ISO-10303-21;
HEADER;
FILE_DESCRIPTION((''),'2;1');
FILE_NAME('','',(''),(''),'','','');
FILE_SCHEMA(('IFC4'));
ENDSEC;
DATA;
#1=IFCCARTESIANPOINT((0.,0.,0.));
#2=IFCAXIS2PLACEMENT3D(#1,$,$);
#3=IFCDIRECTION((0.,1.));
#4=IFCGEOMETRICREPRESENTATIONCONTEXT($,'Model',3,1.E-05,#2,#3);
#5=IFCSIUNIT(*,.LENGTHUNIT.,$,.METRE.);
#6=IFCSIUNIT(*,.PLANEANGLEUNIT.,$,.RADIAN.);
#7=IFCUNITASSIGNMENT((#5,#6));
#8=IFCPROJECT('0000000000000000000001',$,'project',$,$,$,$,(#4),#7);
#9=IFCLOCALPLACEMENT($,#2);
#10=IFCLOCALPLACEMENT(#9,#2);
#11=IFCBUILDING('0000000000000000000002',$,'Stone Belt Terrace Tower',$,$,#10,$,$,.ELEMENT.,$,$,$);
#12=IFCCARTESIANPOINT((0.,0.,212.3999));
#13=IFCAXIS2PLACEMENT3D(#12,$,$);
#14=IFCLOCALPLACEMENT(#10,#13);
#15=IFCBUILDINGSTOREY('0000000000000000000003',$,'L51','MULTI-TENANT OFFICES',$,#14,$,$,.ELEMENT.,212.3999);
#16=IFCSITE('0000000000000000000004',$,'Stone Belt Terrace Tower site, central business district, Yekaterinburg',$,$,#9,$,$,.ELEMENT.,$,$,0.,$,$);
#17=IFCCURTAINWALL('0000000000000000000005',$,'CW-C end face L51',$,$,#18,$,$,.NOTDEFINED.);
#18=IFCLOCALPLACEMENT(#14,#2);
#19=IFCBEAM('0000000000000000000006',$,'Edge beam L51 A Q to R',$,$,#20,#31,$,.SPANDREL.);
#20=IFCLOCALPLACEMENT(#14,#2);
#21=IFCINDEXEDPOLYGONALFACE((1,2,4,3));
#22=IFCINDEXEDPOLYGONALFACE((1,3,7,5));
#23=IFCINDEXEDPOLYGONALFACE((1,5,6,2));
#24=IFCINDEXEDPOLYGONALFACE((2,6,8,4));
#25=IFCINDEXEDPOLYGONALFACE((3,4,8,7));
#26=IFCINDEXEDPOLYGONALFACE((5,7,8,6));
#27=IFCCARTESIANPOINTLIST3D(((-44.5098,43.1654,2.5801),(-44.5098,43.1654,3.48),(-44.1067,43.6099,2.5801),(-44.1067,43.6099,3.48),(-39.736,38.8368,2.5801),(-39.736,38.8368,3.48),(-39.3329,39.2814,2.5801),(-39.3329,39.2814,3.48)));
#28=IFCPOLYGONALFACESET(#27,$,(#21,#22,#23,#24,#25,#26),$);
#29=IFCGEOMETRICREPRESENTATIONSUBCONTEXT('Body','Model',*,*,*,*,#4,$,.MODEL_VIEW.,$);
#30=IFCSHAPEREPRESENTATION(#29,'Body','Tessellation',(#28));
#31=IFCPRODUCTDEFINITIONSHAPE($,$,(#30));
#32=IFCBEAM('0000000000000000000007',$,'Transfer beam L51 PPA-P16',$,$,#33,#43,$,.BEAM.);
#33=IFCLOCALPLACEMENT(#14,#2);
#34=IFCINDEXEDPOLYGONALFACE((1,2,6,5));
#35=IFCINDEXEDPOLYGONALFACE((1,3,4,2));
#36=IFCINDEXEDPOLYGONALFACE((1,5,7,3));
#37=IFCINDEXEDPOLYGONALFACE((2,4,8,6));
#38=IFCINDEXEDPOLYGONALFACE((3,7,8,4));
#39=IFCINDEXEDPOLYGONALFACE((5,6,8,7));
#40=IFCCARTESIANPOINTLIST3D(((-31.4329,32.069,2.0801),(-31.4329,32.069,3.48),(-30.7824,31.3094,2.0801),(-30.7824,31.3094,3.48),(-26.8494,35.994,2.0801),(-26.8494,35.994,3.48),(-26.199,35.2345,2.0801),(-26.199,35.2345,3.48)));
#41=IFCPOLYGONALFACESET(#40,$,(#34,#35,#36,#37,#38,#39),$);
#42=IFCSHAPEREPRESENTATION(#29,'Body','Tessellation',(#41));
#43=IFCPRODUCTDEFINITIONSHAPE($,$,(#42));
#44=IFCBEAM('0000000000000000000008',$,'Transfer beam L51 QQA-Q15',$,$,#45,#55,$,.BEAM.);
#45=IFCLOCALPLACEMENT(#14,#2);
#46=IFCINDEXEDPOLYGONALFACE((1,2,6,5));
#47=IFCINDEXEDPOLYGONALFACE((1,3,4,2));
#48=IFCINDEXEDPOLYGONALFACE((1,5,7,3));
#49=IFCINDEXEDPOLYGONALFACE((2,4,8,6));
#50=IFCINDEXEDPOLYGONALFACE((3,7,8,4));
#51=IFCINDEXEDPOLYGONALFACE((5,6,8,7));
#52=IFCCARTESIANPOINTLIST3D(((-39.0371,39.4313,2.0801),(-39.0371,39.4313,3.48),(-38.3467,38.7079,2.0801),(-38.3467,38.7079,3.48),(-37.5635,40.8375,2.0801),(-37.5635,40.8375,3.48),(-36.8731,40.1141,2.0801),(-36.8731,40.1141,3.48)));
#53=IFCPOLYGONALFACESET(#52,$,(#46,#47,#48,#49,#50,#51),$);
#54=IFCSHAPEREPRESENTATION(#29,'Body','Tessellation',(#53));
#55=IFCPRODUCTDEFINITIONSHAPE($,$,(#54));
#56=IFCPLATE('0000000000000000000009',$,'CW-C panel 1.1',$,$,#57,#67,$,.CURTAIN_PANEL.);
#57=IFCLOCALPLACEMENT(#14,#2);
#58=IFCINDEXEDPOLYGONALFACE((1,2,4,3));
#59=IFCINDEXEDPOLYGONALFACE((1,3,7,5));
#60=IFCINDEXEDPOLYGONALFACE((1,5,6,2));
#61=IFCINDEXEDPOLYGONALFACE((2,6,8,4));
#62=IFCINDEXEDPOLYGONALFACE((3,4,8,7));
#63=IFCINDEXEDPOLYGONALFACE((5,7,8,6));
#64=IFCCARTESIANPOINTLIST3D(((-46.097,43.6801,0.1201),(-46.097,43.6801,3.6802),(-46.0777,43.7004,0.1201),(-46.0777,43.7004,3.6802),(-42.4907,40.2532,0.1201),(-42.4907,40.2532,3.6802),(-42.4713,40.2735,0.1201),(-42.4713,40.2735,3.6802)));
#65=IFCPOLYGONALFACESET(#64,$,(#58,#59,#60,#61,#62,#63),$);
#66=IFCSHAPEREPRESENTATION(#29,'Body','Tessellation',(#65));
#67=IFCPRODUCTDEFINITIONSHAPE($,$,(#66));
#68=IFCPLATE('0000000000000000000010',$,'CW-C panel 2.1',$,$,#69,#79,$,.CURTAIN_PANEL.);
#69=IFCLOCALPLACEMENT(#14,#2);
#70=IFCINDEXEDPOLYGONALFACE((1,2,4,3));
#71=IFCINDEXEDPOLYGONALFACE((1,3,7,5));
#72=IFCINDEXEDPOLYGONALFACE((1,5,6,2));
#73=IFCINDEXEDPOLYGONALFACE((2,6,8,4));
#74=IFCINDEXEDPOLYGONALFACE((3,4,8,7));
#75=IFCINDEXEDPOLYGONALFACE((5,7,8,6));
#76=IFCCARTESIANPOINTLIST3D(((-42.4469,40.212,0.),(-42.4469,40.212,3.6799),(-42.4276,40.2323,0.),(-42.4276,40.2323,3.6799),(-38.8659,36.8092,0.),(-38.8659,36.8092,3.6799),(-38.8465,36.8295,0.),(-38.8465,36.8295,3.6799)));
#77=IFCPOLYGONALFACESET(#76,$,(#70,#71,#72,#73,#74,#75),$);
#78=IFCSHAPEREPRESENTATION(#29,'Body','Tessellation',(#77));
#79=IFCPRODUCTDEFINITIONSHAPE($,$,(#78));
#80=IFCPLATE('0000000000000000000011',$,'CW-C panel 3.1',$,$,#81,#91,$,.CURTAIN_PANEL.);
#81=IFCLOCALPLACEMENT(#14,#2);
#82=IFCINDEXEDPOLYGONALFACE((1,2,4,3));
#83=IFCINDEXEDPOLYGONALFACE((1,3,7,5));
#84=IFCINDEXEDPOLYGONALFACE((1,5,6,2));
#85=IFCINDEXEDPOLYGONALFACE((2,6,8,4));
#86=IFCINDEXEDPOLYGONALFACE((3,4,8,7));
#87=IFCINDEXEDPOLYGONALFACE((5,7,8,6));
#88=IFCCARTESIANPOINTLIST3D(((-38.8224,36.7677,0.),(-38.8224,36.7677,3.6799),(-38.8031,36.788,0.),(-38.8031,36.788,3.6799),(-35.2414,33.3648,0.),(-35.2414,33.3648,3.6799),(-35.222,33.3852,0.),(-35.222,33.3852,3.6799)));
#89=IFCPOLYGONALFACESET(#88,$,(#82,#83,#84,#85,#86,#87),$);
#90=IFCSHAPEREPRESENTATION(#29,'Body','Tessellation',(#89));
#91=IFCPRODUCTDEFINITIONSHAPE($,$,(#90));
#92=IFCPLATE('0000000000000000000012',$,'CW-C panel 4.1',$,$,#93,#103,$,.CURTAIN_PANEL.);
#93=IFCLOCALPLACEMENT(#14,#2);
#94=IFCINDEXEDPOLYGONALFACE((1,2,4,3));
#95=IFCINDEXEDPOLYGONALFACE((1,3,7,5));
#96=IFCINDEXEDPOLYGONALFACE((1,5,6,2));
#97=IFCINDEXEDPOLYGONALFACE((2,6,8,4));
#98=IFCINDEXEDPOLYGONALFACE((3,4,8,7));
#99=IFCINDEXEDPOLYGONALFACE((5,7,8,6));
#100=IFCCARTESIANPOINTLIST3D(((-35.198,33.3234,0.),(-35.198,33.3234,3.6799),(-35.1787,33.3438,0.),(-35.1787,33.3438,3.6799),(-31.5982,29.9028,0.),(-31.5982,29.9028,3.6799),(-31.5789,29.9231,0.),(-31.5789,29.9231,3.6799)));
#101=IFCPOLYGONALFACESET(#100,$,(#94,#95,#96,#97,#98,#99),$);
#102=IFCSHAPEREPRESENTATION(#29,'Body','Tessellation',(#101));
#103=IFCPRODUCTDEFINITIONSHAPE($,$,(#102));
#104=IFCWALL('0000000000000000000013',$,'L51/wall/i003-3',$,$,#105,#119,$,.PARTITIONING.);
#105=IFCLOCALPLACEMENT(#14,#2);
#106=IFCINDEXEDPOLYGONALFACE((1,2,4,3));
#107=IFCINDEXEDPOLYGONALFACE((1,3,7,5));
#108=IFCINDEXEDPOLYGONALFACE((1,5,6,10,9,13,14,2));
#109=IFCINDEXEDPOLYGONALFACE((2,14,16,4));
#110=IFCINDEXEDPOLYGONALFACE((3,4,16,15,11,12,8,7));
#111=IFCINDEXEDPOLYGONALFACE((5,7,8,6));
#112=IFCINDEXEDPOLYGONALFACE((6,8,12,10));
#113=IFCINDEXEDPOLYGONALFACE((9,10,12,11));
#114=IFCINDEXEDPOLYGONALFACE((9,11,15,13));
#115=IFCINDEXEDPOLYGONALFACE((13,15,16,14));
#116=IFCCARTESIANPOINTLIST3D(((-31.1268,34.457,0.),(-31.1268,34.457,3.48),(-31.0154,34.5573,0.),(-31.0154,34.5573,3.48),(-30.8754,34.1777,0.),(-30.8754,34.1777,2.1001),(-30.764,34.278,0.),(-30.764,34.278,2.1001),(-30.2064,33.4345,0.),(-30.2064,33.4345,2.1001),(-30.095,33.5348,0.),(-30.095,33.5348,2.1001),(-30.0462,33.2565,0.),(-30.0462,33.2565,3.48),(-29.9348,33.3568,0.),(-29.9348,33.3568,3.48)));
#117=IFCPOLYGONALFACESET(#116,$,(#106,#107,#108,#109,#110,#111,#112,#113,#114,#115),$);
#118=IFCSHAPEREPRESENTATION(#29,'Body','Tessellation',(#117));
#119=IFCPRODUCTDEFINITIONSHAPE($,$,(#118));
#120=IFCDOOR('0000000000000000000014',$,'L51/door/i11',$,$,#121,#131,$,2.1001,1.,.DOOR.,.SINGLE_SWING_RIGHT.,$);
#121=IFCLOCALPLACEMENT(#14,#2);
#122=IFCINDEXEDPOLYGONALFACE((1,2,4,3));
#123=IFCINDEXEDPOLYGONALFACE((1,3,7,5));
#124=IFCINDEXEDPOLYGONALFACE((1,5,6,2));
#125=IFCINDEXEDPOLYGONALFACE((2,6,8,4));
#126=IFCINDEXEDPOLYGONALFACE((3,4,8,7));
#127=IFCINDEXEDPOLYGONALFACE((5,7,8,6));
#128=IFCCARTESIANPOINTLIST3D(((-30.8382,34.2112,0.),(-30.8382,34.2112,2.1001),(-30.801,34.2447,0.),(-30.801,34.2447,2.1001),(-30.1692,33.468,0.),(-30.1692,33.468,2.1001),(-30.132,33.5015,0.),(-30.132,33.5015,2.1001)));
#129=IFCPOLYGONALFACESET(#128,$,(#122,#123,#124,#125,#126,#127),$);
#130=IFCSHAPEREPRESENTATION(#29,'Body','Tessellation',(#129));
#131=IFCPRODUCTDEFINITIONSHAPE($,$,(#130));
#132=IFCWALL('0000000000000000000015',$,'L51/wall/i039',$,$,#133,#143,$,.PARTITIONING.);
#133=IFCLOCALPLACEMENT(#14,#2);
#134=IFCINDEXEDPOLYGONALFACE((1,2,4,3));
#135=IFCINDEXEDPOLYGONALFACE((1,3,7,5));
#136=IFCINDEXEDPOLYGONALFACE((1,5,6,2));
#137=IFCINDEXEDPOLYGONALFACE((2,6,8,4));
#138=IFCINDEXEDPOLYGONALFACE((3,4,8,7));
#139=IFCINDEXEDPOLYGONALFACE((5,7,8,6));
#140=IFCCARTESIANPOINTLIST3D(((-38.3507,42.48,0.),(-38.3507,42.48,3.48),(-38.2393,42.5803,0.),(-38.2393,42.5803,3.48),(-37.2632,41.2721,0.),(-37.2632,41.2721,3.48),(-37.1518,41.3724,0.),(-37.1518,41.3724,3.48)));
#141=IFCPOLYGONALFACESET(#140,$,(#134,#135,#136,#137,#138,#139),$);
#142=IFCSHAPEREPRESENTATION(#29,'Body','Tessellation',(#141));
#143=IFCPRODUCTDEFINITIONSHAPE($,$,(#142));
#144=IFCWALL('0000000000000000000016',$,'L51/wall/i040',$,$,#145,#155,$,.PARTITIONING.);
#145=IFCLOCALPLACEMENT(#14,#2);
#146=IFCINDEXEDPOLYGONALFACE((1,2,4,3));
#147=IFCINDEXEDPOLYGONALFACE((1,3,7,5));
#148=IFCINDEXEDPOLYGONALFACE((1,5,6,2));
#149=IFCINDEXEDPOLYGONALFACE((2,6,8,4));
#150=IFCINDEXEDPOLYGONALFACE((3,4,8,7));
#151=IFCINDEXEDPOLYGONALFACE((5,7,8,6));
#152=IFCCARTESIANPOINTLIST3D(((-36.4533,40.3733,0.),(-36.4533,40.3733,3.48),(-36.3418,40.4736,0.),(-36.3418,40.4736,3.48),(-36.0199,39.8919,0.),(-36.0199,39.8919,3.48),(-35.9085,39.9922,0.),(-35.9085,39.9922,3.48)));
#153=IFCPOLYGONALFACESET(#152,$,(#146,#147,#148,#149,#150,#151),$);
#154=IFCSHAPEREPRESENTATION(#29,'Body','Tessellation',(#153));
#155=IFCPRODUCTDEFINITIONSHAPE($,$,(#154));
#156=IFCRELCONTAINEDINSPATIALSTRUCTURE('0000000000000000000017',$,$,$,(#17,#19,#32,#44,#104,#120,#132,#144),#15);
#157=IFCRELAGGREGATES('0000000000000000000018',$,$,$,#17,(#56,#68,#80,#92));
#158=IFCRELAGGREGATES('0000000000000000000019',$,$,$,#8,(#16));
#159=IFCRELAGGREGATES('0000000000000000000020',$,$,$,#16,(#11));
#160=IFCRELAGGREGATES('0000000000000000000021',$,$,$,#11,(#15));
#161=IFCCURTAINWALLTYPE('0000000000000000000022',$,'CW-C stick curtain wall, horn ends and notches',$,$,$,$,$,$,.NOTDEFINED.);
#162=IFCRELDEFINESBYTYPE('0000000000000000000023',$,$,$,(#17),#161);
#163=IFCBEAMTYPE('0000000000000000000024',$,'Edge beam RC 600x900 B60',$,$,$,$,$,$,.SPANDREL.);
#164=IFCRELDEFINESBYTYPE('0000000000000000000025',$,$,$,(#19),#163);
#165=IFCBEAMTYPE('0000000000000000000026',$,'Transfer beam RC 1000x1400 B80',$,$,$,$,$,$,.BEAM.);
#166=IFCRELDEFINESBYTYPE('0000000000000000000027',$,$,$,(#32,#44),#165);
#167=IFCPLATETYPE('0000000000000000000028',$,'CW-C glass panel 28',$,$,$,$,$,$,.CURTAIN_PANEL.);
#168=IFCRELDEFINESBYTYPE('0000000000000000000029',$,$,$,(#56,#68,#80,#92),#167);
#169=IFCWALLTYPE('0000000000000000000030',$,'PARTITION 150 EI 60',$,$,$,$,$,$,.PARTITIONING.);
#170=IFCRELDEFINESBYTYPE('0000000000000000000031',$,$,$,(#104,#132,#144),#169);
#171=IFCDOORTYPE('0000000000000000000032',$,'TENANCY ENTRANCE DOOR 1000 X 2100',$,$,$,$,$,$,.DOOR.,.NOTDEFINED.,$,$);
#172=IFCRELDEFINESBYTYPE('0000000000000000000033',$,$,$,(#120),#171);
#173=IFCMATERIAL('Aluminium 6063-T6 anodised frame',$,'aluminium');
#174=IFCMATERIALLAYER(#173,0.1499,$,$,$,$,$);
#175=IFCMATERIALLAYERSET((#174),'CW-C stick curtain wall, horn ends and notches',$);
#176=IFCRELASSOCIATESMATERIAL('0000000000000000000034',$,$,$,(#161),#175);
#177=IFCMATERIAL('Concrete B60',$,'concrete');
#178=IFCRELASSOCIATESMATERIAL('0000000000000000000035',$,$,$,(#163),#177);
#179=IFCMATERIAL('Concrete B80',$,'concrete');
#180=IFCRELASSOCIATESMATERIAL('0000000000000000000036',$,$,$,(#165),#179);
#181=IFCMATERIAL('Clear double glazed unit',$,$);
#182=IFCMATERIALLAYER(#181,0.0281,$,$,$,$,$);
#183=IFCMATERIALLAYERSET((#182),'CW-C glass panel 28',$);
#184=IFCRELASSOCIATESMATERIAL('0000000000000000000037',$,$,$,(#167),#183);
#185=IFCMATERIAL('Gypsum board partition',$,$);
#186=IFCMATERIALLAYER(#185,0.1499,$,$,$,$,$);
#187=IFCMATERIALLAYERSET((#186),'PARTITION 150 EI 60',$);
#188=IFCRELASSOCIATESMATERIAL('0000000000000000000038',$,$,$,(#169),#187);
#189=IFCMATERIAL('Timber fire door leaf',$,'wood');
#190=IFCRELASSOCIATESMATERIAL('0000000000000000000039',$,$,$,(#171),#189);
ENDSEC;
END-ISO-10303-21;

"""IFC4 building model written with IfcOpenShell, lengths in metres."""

from ifc_helpers import new_model, si_unit, direction, frame, frame_2d, origin, origin_2d, place, context, subcontext, project, spatial, rectangle, extrude, material, layer, layer_set, material_profile, profile_set, type_object, element, fill, aggregate, save


model = new_model("IFC4")

# Units and contexts
model_context = context("Model", 3, precision=1e-05, world=origin(), true_north=direction((0.0, 1.0)))
body_context = subcontext(model_context, "Body", "Model", "MODEL_VIEW")
ifc_project = project(units=[si_unit("LENGTHUNIT", "METRE"), si_unit("PLANEANGLEUNIT", "RADIAN")], contexts=[model_context])

# Site, building, storey
site_placement = place(None, origin())
site = spatial("IfcSite", under=ifc_project, at=site_placement, Name="Stone Belt Terrace Tower site, central business district, Yekaterinburg", CompositionType="ELEMENT", RefElevation=0.0)
building_placement = place(site_placement, origin())
building = spatial("IfcBuilding", under=site, at=building_placement, Name="Stone Belt Terrace Tower", CompositionType="ELEMENT")
storey_placement = place(building_placement, frame((0.0, 0.0, 212.3999)))
storey = spatial("IfcBuildingStorey", under=building, at=storey_placement, Name="L51", Description="MULTI-TENANT OFFICES", CompositionType="ELEMENT", Elevation=212.3999)

# Shared definitions
ifc_material_1 = material(Name="Concrete B60", Category="concrete")

# Curtain wall
ifc_material_2 = material(Name="Aluminium 6063-T6 anodised frame", Category="aluminium")
ifc_layer_1 = layer(ifc_material_2, 0.1499)
ifc_layer_set_1 = layer_set([ifc_layer_1], Name="CW-C stick curtain wall, horn ends and notches")
curtain_wall_type_1 = type_object("IfcCurtainWallType", Name="CW-C stick curtain wall, horn ends and notches", PredefinedType="NOTDEFINED", material=ifc_layer_set_1)
curtain_wall_1_placement = place(storey_placement, origin())
curtain_wall_1 = element("IfcCurtainWall", 1, at=curtain_wall_1_placement, inside=storey, type_object=curtain_wall_type_1, Name="CW-C end face L51", PredefinedType="NOTDEFINED")

# Beams
ifc_material_profile_1 = material_profile(ifc_material_1, rectangle(XDim=0.6001, YDim=0.8999, at=origin_2d()), Name="RC 600x900")
ifc_profile_set_1 = profile_set([ifc_material_profile_1], Name="Concrete B60")
beam_type_1 = type_object("IfcBeamType", Name="Edge beam RC 600x900 B60", PredefinedType="SPANDREL", material=ifc_profile_set_1)
beam_1_placement = place(storey_placement, frame((-39.5344, 39.0591, 3.03), z_axis=(-0.740814, 0.671711, 0.0), x_axis=(-0.671711, -0.740814, 0.0)))
element("IfcBeam", 2, at=beam_1_placement, inside=storey, type_object=beam_type_1, Name="Edge beam L51 A Q to R", PredefinedType="SPANDREL", context=body_context, shape_type="SweptSolid", body=[
    extrude(rectangle(XDim=0.6001, YDim=0.8999, at=origin_2d()), origin(), (0.0, 0.0, 1.0), 6.4441),
])
ifc_material_3 = material(Name="Concrete B80", Category="concrete")
ifc_material_profile_2 = material_profile(ifc_material_3, rectangle(XDim=1.0, YDim=1.3999, at=origin_2d()), Name="RC 1000x1400")
ifc_profile_set_2 = profile_set([ifc_material_profile_2], Name="Concrete B80")
beam_type_2 = type_object("IfcBeamType", Name="Transfer beam RC 1000x1400 B80", PredefinedType="BEAM", material=ifc_profile_set_2)
beam_2_placement = place(storey_placement, frame((-31.1077, 31.6892, 2.78), z_axis=(0.759556, 0.650441, 0.0), x_axis=(-0.650441, 0.759556, 0.0)))
element("IfcBeam", 3, at=beam_2_placement, inside=storey, type_object=beam_type_2, Name="Transfer beam L51 PPA-P16", PredefinedType="BEAM", context=body_context, shape_type="SweptSolid", body=[
    extrude(rectangle(XDim=1.0, YDim=1.3999, at=origin_2d()), origin(), (0.0, 0.0, 1.0), 6.0344),
])
beam_3_placement = place(storey_placement, frame((-38.6919, 39.0696, 2.78), z_axis=(0.723453, 0.690373, 0.0), x_axis=(-0.690373, 0.723453, 0.0)))
element("IfcBeam", 4, at=beam_3_placement, inside=storey, type_object=beam_type_2, Name="Transfer beam L51 QQA-Q15", PredefinedType="BEAM", context=body_context, shape_type="SweptSolid", body=[
    extrude(rectangle(XDim=1.0, YDim=1.3999, at=origin_2d()), origin(), (0.0, 0.0, 1.0), 2.0369),
])

# Plates
ifc_material_4 = material(Name="Clear double glazed unit")
ifc_layer_2 = layer(ifc_material_4, 0.0281)
ifc_layer_set_2 = layer_set([ifc_layer_2], Name="CW-C glass panel 28")
plate_type = type_object("IfcPlateType", Name="CW-C glass panel 28", PredefinedType="CURTAIN_PANEL", material=ifc_layer_set_2)
plate_1_placement = place(storey_placement, frame((-44.2842, 41.9768, 0.1201), z_axis=(0.0, 0.0, 1.0), x_axis=(0.724914, -0.68884, 0.0)))
plate_1 = element("IfcPlate", 5, at=plate_1_placement, type_object=plate_type, Name="CW-C panel 1.1", PredefinedType="CURTAIN_PANEL", context=body_context, shape_type="SweptSolid", body=[
    extrude(rectangle(XDim=4.9749, YDim=0.0281, at=origin_2d()), origin(), (0.0, 0.0, 1.0), 3.5601),
])
plate_2_placement = place(storey_placement, frame((-40.6467, 38.5208, 0.0), z_axis=(0.0, 0.0, 1.0), x_axis=(0.724914, -0.68884, 0.0)))
plate_2 = element("IfcPlate", 6, at=plate_2_placement, type_object=plate_type, Name="CW-C panel 2.1", PredefinedType="CURTAIN_PANEL", context=body_context, shape_type="SweptSolid", body=[
    extrude(rectangle(XDim=4.9399, YDim=0.0281, at=origin_2d()), origin(), (0.0, 0.0, 1.0), 3.6799),
])
plate_3_placement = place(storey_placement, frame((-37.0222, 35.0764, 0.0), z_axis=(0.0, 0.0, 1.0), x_axis=(0.724914, -0.68884, 0.0)))
plate_3 = element("IfcPlate", 7, at=plate_3_placement, type_object=plate_type, Name="CW-C panel 3.1", PredefinedType="CURTAIN_PANEL", context=body_context, shape_type="SweptSolid", body=[
    extrude(rectangle(XDim=4.9399, YDim=0.0281, at=origin_2d()), origin(), (0.0, 0.0, 1.0), 3.6799),
])
plate_4_placement = place(storey_placement, frame((-33.3884, 31.6233, 0.0), z_axis=(0.0, 0.0, 1.0), x_axis=(0.724914, -0.68884, 0.0)))
plate_4 = element("IfcPlate", 8, at=plate_4_placement, type_object=plate_type, Name="CW-C panel 4.1", PredefinedType="CURTAIN_PANEL", context=body_context, shape_type="SweptSolid", body=[
    extrude(rectangle(XDim=4.9658, YDim=0.0281, at=origin_2d()), origin(), (0.0, 0.0, 1.0), 3.6799),
])
aggregate(curtain_wall_1, [plate_1, plate_2, plate_3, plate_4])

# Wall, opening, door
ifc_material_5 = material(Name="Gypsum board partition")
ifc_layer_3 = layer(ifc_material_5, 0.1499)
ifc_layer_set_3 = layer_set([ifc_layer_3], Name="PARTITION 150 EI 60")
wall_type_1 = type_object("IfcWallType", Name="PARTITION 150 EI 60", PredefinedType="PARTITIONING", material=ifc_layer_set_3)
wall_1_placement = place(storey_placement, frame((-29.9905, 33.3066, 0.0), z_axis=(0.0, 0.0, 1.0), x_axis=(-0.669023, 0.743242, 0.0)))
wall_1 = element("IfcWall", 9, at=wall_1_placement, inside=storey, type_object=wall_type_1, Name="L51/wall/i003-3", PredefinedType="PARTITIONING", context=body_context, shape_type="SweptSolid", body=[
    extrude(rectangle(XDim=1.6152, YDim=0.1499, at=frame_2d((0.8076, 0.0))), origin(), (0.0, 0.0, 1.0), 3.48),
])
opening_1_placement = place(wall_1_placement, frame((0.2395, 0.0, 0.0)))
opening_1 = element("IfcOpeningElement", 10, at=opening_1_placement, cuts=wall_1, PredefinedType="OPENING", context=body_context, shape_type="SweptSolid", body=[
    extrude(rectangle(XDim=1.0, YDim=2.1001, at=frame_2d((0.5, 1.05))), frame((0.0, 0.085, 0.0), z_axis=(0.0, -1.0, 0.0), x_axis=(1.0, 0.0, 0.0)), (0.0, 0.0, 1.0), 0.1699),
])
ifc_material_6 = material(Name="Timber fire door leaf", Category="wood")
door_type_1 = type_object("IfcDoorType", Name="TENANCY ENTRANCE DOOR 1000 X 2100", OperationType="NOTDEFINED", PredefinedType="DOOR", material=ifc_material_6)
door_1_placement = place(opening_1_placement, origin())
door_1 = element("IfcDoor", 11, at=door_1_placement, inside=storey, type_object=door_type_1, Name="L51/door/i11", OperationType="SINGLE_SWING_RIGHT", OverallHeight=2.1001, OverallWidth=1.0, PredefinedType="DOOR", context=body_context, shape_type="SweptSolid", body=[
    extrude(rectangle(XDim=1.0, YDim=2.1001, at=frame_2d((0.5, 1.05))), frame((0.0, 0.0249, 0.0), z_axis=(0.0, -1.0, 0.0), x_axis=(1.0, 0.0, 0.0)), (0.0, 0.0, 1.0), 0.05),
])
fill(opening_1, door_1)

# Walls
wall_2_placement = place(storey_placement, frame((-38.2949, 42.53, 0.0), z_axis=(0.0, 0.0, 1.0), x_axis=(0.669106, -0.743167, 0.0)))
element("IfcWall", 12, at=wall_2_placement, inside=storey, type_object=wall_type_1, Name="L51/wall/i039", PredefinedType="PARTITIONING", context=body_context, shape_type="SweptSolid", body=[
    extrude(rectangle(XDim=1.6252, YDim=0.1499, at=frame_2d((0.8125, 0.0))), origin(), (0.0, 0.0, 1.0), 3.48),
])
wall_3_placement = place(storey_placement, frame((-36.3975, 40.4233, 0.0), z_axis=(0.0, 0.0, 1.0), x_axis=(0.669006, -0.743257, 0.0)))
element("IfcWall", 13, at=wall_3_placement, inside=storey, type_object=wall_type_1, Name="L51/wall/i040", PredefinedType="PARTITIONING", context=body_context, shape_type="SweptSolid", body=[
    extrude(rectangle(XDim=0.6477, YDim=0.1499, at=frame_2d((0.3237, 0.0))), origin(), (0.0, 0.0, 1.0), 3.48),
])

save(model, "model.ifc")
